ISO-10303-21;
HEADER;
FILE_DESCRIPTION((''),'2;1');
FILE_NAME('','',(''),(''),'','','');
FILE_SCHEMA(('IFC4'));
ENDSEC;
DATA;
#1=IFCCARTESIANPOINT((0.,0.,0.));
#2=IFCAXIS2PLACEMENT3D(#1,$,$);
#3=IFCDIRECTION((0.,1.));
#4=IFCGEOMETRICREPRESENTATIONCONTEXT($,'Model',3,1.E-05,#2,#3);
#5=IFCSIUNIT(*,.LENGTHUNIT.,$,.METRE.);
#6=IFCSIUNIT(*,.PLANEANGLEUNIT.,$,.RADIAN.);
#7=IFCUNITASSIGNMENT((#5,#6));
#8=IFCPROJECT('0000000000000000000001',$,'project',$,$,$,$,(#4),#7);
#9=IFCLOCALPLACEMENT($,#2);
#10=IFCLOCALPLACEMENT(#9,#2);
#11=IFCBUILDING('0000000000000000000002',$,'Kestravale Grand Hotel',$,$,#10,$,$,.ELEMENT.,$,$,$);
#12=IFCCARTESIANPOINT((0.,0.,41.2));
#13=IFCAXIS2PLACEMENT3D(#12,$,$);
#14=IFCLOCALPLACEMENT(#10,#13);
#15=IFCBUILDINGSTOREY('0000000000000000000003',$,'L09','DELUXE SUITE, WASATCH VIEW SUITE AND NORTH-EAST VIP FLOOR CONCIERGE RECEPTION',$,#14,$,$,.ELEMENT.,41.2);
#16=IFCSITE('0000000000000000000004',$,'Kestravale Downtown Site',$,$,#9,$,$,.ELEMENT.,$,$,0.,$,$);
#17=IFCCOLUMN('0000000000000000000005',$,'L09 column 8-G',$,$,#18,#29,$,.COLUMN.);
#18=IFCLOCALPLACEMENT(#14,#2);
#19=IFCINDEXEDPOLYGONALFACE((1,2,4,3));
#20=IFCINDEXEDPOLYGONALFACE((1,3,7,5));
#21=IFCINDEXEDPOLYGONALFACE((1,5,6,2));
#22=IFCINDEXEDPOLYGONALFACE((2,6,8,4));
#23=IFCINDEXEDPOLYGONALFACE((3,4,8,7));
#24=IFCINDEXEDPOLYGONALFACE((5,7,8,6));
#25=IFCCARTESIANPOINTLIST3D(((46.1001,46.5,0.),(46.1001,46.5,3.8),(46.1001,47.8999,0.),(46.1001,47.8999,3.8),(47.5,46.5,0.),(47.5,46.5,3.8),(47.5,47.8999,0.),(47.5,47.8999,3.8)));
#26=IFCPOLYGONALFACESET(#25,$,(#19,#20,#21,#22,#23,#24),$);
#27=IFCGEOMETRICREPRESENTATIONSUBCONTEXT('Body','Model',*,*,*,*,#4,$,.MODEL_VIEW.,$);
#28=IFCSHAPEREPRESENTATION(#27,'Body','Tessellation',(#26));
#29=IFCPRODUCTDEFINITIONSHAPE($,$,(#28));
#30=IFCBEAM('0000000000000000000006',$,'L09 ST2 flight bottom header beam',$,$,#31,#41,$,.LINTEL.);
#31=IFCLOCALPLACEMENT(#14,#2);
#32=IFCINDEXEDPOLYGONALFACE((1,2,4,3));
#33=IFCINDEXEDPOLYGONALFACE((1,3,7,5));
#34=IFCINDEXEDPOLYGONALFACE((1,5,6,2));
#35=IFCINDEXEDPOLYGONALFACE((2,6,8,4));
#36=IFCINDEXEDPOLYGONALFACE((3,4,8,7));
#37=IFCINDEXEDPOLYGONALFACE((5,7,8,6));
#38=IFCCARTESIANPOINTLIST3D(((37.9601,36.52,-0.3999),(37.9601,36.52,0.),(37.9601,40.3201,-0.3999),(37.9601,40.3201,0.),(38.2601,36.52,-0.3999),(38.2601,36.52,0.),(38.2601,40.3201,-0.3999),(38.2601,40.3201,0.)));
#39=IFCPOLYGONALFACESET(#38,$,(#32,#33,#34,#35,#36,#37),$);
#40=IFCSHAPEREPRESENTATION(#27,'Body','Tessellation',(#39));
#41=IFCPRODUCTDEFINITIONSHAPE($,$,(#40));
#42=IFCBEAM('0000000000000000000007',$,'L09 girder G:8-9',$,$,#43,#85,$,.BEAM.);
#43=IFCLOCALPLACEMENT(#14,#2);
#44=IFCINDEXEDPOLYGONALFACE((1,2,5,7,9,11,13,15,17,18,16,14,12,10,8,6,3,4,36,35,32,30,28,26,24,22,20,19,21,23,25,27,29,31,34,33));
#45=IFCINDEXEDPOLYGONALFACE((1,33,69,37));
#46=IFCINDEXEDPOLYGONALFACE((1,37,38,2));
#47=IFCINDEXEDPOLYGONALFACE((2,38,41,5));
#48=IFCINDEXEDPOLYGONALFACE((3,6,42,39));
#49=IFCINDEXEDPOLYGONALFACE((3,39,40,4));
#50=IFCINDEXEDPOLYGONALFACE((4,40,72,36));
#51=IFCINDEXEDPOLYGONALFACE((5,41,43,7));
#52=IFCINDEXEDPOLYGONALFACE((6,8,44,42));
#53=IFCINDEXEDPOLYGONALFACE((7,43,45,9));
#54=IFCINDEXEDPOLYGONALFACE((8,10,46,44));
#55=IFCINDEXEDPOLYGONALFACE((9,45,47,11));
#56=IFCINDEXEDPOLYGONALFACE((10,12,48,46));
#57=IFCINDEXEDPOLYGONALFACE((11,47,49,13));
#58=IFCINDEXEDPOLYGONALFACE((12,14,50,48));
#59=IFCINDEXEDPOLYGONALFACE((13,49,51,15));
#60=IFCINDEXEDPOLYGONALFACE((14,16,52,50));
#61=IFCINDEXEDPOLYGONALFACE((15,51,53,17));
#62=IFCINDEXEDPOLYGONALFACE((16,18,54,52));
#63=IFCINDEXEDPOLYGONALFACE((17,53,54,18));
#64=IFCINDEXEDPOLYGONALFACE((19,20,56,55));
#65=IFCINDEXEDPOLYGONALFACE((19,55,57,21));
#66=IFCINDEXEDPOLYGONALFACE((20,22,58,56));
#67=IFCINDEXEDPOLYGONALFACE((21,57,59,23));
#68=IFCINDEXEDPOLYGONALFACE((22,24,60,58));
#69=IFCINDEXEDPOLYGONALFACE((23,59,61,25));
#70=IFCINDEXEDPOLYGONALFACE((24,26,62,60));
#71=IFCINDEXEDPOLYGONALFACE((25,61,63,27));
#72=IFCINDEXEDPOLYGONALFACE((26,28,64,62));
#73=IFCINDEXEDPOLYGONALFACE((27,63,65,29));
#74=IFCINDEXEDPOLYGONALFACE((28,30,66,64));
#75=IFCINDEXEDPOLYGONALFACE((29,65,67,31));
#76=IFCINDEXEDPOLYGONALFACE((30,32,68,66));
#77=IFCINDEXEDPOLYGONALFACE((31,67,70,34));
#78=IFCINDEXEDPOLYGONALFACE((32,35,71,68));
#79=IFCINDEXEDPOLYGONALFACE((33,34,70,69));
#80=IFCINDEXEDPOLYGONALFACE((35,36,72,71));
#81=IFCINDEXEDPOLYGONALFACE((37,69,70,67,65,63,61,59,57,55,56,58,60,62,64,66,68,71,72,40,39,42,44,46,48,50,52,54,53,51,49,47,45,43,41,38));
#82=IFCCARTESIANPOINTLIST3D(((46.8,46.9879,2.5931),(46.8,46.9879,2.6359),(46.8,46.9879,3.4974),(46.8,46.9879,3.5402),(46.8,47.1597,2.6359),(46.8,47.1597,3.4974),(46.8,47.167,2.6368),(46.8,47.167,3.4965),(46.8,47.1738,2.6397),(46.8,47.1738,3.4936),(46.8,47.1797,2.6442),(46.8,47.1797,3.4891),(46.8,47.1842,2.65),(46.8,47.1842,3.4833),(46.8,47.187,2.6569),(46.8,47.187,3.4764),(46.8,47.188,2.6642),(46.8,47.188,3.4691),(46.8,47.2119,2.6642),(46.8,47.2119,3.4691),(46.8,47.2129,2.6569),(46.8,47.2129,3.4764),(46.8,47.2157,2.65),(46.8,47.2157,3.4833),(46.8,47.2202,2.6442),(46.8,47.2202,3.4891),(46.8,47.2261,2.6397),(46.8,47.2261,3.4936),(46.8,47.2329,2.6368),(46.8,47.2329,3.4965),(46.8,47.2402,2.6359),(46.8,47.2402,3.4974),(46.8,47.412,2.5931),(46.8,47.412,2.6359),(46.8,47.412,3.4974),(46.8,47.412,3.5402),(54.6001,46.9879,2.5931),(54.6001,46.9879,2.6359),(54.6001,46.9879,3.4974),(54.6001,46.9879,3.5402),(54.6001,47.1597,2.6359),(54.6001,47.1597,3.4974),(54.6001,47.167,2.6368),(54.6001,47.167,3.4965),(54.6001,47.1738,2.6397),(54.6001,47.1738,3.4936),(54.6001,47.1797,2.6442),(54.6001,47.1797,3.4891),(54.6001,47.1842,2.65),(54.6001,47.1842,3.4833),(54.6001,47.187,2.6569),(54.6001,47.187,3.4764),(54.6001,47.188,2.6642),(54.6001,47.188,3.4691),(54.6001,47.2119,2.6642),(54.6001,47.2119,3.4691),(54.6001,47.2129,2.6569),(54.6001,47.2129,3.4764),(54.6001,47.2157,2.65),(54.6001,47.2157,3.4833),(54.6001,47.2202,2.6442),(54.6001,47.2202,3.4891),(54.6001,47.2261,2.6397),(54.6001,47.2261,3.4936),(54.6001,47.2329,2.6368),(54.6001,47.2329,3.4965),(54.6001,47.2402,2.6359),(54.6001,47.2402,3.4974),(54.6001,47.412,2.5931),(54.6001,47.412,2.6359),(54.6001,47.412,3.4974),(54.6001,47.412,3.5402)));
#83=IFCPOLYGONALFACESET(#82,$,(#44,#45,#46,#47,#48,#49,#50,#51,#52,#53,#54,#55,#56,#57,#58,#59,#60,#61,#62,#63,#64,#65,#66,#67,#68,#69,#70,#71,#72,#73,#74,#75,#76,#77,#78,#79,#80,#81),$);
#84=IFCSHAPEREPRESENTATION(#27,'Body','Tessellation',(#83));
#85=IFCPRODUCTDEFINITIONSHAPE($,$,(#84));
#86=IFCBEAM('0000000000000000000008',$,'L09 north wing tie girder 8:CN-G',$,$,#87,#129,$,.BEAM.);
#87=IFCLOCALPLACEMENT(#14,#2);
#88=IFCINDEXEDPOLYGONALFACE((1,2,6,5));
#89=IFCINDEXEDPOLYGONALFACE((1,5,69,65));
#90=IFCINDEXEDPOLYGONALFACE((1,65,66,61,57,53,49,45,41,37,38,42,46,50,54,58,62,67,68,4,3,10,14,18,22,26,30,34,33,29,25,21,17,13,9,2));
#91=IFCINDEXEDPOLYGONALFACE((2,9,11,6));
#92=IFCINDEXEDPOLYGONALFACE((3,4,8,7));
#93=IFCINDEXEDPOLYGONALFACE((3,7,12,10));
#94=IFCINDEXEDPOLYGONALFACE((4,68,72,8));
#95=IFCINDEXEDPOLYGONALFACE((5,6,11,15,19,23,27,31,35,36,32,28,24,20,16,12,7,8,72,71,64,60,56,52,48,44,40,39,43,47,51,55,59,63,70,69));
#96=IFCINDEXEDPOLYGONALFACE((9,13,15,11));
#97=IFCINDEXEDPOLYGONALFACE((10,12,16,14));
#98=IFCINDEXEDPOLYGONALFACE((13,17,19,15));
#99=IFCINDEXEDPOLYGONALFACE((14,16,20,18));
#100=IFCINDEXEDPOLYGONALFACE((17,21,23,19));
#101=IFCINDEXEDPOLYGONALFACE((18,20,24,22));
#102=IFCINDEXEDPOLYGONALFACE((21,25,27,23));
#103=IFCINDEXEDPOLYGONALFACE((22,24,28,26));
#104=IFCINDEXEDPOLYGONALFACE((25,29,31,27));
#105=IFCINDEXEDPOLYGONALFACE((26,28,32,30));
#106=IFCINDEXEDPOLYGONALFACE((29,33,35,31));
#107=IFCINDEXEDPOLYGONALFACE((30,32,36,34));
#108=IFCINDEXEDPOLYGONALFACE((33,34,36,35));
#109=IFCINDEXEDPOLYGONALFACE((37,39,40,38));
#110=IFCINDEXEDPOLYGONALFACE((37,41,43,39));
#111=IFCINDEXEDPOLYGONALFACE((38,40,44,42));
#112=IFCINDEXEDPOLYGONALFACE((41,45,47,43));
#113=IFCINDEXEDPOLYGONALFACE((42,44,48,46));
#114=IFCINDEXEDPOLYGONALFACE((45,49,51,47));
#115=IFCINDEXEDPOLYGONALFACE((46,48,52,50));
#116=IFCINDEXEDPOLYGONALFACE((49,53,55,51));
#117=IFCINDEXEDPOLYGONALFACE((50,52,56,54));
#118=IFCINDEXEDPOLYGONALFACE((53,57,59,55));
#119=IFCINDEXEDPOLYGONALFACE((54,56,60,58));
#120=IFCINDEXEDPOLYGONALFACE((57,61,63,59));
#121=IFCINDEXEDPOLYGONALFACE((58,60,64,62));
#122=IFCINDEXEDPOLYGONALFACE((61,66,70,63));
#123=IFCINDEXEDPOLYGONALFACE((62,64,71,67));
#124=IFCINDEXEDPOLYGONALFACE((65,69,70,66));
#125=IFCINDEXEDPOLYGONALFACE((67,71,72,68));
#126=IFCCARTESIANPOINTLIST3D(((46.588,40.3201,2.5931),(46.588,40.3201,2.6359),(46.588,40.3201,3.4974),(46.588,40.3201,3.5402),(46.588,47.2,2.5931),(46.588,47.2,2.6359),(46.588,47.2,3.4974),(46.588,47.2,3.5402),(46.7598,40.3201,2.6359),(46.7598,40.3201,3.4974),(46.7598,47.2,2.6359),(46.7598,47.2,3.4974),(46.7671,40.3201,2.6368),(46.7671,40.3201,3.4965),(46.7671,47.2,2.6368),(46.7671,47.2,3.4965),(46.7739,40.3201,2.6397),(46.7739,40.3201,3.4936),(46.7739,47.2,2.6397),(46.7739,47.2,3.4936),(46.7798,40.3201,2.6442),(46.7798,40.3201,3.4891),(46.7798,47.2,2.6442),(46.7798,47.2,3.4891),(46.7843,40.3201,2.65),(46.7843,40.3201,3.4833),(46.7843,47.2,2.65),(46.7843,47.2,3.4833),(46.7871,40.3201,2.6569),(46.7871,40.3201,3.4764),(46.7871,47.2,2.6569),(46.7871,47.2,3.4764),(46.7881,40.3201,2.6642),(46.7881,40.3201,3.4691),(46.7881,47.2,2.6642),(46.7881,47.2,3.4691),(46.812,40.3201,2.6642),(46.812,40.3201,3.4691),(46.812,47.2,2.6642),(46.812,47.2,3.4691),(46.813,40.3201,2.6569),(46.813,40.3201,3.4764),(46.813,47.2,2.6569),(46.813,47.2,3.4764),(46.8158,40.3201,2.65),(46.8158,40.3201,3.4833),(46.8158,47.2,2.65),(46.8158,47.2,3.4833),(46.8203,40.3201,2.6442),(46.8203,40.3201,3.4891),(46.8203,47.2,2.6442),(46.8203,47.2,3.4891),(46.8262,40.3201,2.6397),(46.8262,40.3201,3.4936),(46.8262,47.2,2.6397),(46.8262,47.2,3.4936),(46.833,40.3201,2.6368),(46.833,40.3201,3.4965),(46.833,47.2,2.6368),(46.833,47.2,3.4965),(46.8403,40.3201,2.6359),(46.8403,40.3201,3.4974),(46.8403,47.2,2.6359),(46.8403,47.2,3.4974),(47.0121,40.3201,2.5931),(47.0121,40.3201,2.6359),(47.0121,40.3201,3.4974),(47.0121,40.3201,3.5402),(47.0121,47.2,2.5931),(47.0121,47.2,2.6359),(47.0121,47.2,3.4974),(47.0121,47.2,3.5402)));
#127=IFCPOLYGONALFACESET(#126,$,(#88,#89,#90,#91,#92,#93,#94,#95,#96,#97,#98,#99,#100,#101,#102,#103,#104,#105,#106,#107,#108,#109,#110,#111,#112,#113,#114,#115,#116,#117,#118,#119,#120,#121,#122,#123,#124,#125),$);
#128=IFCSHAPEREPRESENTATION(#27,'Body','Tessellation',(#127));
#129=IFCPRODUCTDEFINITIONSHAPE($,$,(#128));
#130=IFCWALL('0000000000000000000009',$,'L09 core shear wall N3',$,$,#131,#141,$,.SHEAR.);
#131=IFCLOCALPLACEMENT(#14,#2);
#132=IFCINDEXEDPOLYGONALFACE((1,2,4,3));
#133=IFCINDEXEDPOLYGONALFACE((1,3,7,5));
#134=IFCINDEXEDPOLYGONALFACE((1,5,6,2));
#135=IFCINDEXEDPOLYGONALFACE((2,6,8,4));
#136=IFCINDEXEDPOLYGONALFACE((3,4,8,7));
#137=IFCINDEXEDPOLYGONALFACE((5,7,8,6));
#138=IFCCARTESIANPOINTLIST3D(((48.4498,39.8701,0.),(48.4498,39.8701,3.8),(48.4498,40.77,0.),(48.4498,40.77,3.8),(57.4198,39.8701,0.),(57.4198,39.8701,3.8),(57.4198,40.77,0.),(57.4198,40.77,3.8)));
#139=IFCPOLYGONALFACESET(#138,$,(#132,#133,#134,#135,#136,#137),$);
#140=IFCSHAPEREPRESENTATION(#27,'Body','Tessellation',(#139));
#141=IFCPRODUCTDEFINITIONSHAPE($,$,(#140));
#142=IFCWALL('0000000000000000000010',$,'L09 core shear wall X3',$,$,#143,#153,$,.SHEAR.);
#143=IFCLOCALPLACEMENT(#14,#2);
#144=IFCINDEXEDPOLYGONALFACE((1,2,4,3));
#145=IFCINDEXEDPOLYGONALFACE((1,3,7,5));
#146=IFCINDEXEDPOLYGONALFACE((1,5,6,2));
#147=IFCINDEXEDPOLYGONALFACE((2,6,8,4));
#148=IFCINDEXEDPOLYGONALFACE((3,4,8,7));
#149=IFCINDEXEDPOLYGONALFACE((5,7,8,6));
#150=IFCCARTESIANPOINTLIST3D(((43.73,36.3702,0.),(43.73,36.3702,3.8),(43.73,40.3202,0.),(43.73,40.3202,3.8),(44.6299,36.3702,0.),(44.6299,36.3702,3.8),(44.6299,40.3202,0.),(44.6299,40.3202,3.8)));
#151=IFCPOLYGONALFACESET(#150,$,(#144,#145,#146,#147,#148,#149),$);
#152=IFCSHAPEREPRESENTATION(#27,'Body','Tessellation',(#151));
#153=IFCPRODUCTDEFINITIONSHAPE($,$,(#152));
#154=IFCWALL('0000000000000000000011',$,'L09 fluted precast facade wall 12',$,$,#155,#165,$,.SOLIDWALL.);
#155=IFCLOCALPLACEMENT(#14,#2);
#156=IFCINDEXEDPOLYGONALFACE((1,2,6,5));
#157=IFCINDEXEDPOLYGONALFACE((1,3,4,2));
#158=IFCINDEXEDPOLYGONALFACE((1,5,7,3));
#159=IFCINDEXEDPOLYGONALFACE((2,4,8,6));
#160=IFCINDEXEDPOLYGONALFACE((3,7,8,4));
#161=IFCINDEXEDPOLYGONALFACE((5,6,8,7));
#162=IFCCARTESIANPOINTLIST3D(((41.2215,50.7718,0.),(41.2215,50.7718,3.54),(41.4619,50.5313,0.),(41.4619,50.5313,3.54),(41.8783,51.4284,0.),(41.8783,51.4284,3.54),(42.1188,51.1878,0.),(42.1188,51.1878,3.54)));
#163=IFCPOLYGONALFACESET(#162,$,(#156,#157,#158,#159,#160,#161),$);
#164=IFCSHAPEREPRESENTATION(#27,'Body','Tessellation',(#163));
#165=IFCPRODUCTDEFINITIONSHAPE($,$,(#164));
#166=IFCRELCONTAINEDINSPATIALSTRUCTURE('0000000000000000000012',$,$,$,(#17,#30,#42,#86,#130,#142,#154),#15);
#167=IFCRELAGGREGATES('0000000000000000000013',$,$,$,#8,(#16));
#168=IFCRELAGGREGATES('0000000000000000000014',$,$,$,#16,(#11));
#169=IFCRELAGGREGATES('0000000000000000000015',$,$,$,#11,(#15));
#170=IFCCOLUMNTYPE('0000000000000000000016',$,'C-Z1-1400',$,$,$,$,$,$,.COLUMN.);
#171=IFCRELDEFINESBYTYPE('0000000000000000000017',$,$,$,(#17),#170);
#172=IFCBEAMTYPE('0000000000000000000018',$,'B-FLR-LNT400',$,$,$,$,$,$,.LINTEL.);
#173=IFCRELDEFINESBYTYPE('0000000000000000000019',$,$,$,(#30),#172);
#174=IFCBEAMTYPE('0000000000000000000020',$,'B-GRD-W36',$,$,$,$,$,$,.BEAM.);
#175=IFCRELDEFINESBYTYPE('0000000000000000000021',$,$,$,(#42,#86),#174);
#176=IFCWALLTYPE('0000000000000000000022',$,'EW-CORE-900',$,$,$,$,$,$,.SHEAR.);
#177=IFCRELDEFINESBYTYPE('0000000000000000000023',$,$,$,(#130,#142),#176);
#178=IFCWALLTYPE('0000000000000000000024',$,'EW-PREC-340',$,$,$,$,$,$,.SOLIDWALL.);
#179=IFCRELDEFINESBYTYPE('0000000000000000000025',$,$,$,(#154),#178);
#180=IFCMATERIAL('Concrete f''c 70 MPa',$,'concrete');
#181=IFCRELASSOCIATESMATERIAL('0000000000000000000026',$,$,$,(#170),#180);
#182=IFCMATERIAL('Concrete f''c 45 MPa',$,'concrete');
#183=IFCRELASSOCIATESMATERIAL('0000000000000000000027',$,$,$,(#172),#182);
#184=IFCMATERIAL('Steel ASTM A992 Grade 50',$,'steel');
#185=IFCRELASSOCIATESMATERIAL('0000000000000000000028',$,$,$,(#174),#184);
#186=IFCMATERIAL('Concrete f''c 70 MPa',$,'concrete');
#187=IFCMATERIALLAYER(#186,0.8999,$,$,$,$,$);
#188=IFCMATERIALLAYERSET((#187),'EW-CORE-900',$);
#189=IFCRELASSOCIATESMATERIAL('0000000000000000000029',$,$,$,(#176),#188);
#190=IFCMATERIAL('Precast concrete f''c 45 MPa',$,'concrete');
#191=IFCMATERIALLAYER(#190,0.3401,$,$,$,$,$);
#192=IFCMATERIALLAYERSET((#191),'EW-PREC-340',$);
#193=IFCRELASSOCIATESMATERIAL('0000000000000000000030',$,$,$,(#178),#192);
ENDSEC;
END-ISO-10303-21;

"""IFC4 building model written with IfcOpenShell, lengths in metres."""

from ifc_helpers import new_model, si_unit, direction, frame, frame_2d, origin, origin_2d, place, context, subcontext, project, spatial, rectangle, i_section, extrude, material, layer, layer_set, material_profile, profile_set, type_object, element, save


model = new_model("IFC4")

# Units and contexts
model_context = context("Model", 3, precision=1e-05, world=origin(), true_north=direction((0.0, 1.0)))
body_context = subcontext(model_context, "Body", "Model", "MODEL_VIEW")
ifc_project = project(units=[si_unit("LENGTHUNIT", "METRE"), si_unit("PLANEANGLEUNIT", "RADIAN")], contexts=[model_context])

# Site, building, storey
site_placement = place(None, origin())
site = spatial("IfcSite", under=ifc_project, at=site_placement, Name="Kestravale Downtown Site", CompositionType="ELEMENT", RefElevation=0.0)
building_placement = place(site_placement, origin())
building = spatial("IfcBuilding", under=site, at=building_placement, Name="Kestravale Grand Hotel", CompositionType="ELEMENT")
storey_placement = place(building_placement, frame((0.0, 0.0, 41.2)))
storey = spatial("IfcBuildingStorey", under=building, at=storey_placement, Name="L09", Description="DELUXE SUITE, WASATCH VIEW SUITE AND NORTH-EAST VIP FLOOR CONCIERGE RECEPTION", CompositionType="ELEMENT", Elevation=41.2)

# Column
ifc_material_1 = material(Name="Concrete f'c 70 MPa", Category="concrete")
ifc_material_profile_1 = material_profile(ifc_material_1, rectangle(XDim=1.3999, YDim=1.3999, at=origin_2d()))
ifc_profile_set_1 = profile_set([ifc_material_profile_1], Name="Concrete f'c 70 MPa")
column_type = type_object("IfcColumnType", Name="C-Z1-1400", PredefinedType="COLUMN", material=ifc_profile_set_1)
column_placement = place(storey_placement, frame((46.8, 47.2, 0.0), z_axis=(0.0, 0.0, 1.0), x_axis=(1.0, 0.0, 0.0)))
element("IfcColumn", 1, at=column_placement, inside=storey, type_object=column_type, Name="L09 column 8-G", PredefinedType="COLUMN", context=body_context, shape_type="SweptSolid", body=[
    extrude(rectangle(XDim=1.3999, YDim=1.3999, at=origin_2d()), origin(), (0.0, 0.0, 1.0), 3.8),
])

# Beams
ifc_material_2 = material(Name="Concrete f'c 45 MPa", Category="concrete")
ifc_material_profile_2 = material_profile(ifc_material_2, rectangle(XDim=0.3, YDim=0.3999, at=origin_2d()))
ifc_profile_set_2 = profile_set([ifc_material_profile_2], Name="Concrete f'c 45 MPa")
beam_type_1 = type_object("IfcBeamType", Name="B-FLR-LNT400", PredefinedType="LINTEL", material=ifc_profile_set_2)
beam_1_placement = place(storey_placement, frame((38.1101, 36.52, -0.2), z_axis=(0.0, 1.0, 0.0), x_axis=(-1.0, 0.0, 0.0)))
element("IfcBeam", 2, at=beam_1_placement, inside=storey, type_object=beam_type_1, Name="L09 ST2 flight bottom header beam", PredefinedType="LINTEL", context=body_context, shape_type="SweptSolid", body=[
    extrude(rectangle(XDim=0.3, YDim=0.3999, at=origin_2d()), origin(), (0.0, 0.0, 1.0), 3.8),
])
ifc_material_3 = material(Name="Steel ASTM A992 Grade 50", Category="steel")
ifc_material_profile_3 = material_profile(ifc_material_3, i_section(OverallWidth=0.4241, OverallDepth=0.947, WebThickness=0.0239, FlangeThickness=0.0427, FilletRadius=0.0283, at=origin_2d()))
ifc_profile_set_3 = profile_set([ifc_material_profile_3], Name="Steel ASTM A992 Grade 50")
beam_type_2 = type_object("IfcBeamType", Name="B-GRD-W36", PredefinedType="BEAM", material=ifc_profile_set_3)
beam_2_placement = place(storey_placement, frame((46.8, 47.2, 3.0667), z_axis=(1.0, 0.0, 0.0), x_axis=(0.0, 1.0, 0.0)))
element("IfcBeam", 3, at=beam_2_placement, inside=storey, type_object=beam_type_2, Name="L09 girder G:8-9", PredefinedType="BEAM", context=body_context, shape_type="SweptSolid", body=[
    extrude(i_section(OverallWidth=0.4241, OverallDepth=0.947, WebThickness=0.0239, FlangeThickness=0.0427, FilletRadius=0.0283, at=origin_2d()), origin(), (0.0, 0.0, 1.0), 7.8),
])
beam_3_placement = place(storey_placement, frame((46.8, 40.3201, 3.0667), z_axis=(0.0, 1.0, 0.0), x_axis=(-1.0, 0.0, 0.0)))
element("IfcBeam", 4, at=beam_3_placement, inside=storey, type_object=beam_type_2, Name="L09 north wing tie girder 8:CN-G", PredefinedType="BEAM", context=body_context, shape_type="SweptSolid", body=[
    extrude(i_section(OverallWidth=0.4241, OverallDepth=0.947, WebThickness=0.0239, FlangeThickness=0.0427, FilletRadius=0.0283, at=origin_2d()), origin(), (0.0, 0.0, 1.0), 6.8799),
])

# Walls
ifc_material_4 = material(Name="Concrete f'c 70 MPa", Category="concrete")
ifc_layer_1 = layer(ifc_material_4, 0.8999)
ifc_layer_set_1 = layer_set([ifc_layer_1], Name="EW-CORE-900")
wall_type_1 = type_object("IfcWallType", Name="EW-CORE-900", PredefinedType="SHEAR", material=ifc_layer_set_1)
wall_1_placement = place(storey_placement, frame((48.45, 40.3201, 0.0), z_axis=(0.0, 0.0, 1.0), x_axis=(1.0, 0.0, 0.0)))
element("IfcWall", 5, at=wall_1_placement, inside=storey, type_object=wall_type_1, Name="L09 core shear wall N3", PredefinedType="SHEAR", context=body_context, shape_type="SweptSolid", body=[
    extrude(rectangle(XDim=8.97, YDim=0.8999, at=frame_2d((4.4849, 0.0))), origin(), (0.0, 0.0, 1.0), 3.8),
])
wall_2_placement = place(storey_placement, frame((44.1799, 36.3701, 0.0), z_axis=(0.0, 0.0, 1.0), x_axis=(0.0, 1.0, 0.0)))
element("IfcWall", 6, at=wall_2_placement, inside=storey, type_object=wall_type_1, Name="L09 core shear wall X3", PredefinedType="SHEAR", context=body_context, shape_type="SweptSolid", body=[
    extrude(rectangle(XDim=3.95, YDim=0.8999, at=frame_2d((1.9751, 0.0))), origin(), (0.0, 0.0, 1.0), 3.8),
])
ifc_material_5 = material(Name="Precast concrete f'c 45 MPa", Category="concrete")
ifc_layer_2 = layer(ifc_material_5, 0.3401)
ifc_layer_set_2 = layer_set([ifc_layer_2], Name="EW-PREC-340")
wall_type_2 = type_object("IfcWallType", Name="EW-PREC-340", PredefinedType="SOLIDWALL", material=ifc_layer_set_2)
wall_3_placement = place(storey_placement, frame((41.9985, 51.3081, 0.0), z_axis=(0.0, 0.0, 1.0), x_axis=(-0.707238, -0.706975, 0.0)))
element("IfcWall", 7, at=wall_3_placement, inside=storey, type_object=wall_type_2, Name="L09 fluted precast facade wall 12", PredefinedType="SOLIDWALL", context=body_context, shape_type="SweptSolid", body=[
    extrude(rectangle(XDim=0.9287, YDim=0.3401, at=frame_2d((0.4644, 0.0))), origin(), (0.0, 0.0, 1.0), 3.54),
])

save(model, "model.ifc")
